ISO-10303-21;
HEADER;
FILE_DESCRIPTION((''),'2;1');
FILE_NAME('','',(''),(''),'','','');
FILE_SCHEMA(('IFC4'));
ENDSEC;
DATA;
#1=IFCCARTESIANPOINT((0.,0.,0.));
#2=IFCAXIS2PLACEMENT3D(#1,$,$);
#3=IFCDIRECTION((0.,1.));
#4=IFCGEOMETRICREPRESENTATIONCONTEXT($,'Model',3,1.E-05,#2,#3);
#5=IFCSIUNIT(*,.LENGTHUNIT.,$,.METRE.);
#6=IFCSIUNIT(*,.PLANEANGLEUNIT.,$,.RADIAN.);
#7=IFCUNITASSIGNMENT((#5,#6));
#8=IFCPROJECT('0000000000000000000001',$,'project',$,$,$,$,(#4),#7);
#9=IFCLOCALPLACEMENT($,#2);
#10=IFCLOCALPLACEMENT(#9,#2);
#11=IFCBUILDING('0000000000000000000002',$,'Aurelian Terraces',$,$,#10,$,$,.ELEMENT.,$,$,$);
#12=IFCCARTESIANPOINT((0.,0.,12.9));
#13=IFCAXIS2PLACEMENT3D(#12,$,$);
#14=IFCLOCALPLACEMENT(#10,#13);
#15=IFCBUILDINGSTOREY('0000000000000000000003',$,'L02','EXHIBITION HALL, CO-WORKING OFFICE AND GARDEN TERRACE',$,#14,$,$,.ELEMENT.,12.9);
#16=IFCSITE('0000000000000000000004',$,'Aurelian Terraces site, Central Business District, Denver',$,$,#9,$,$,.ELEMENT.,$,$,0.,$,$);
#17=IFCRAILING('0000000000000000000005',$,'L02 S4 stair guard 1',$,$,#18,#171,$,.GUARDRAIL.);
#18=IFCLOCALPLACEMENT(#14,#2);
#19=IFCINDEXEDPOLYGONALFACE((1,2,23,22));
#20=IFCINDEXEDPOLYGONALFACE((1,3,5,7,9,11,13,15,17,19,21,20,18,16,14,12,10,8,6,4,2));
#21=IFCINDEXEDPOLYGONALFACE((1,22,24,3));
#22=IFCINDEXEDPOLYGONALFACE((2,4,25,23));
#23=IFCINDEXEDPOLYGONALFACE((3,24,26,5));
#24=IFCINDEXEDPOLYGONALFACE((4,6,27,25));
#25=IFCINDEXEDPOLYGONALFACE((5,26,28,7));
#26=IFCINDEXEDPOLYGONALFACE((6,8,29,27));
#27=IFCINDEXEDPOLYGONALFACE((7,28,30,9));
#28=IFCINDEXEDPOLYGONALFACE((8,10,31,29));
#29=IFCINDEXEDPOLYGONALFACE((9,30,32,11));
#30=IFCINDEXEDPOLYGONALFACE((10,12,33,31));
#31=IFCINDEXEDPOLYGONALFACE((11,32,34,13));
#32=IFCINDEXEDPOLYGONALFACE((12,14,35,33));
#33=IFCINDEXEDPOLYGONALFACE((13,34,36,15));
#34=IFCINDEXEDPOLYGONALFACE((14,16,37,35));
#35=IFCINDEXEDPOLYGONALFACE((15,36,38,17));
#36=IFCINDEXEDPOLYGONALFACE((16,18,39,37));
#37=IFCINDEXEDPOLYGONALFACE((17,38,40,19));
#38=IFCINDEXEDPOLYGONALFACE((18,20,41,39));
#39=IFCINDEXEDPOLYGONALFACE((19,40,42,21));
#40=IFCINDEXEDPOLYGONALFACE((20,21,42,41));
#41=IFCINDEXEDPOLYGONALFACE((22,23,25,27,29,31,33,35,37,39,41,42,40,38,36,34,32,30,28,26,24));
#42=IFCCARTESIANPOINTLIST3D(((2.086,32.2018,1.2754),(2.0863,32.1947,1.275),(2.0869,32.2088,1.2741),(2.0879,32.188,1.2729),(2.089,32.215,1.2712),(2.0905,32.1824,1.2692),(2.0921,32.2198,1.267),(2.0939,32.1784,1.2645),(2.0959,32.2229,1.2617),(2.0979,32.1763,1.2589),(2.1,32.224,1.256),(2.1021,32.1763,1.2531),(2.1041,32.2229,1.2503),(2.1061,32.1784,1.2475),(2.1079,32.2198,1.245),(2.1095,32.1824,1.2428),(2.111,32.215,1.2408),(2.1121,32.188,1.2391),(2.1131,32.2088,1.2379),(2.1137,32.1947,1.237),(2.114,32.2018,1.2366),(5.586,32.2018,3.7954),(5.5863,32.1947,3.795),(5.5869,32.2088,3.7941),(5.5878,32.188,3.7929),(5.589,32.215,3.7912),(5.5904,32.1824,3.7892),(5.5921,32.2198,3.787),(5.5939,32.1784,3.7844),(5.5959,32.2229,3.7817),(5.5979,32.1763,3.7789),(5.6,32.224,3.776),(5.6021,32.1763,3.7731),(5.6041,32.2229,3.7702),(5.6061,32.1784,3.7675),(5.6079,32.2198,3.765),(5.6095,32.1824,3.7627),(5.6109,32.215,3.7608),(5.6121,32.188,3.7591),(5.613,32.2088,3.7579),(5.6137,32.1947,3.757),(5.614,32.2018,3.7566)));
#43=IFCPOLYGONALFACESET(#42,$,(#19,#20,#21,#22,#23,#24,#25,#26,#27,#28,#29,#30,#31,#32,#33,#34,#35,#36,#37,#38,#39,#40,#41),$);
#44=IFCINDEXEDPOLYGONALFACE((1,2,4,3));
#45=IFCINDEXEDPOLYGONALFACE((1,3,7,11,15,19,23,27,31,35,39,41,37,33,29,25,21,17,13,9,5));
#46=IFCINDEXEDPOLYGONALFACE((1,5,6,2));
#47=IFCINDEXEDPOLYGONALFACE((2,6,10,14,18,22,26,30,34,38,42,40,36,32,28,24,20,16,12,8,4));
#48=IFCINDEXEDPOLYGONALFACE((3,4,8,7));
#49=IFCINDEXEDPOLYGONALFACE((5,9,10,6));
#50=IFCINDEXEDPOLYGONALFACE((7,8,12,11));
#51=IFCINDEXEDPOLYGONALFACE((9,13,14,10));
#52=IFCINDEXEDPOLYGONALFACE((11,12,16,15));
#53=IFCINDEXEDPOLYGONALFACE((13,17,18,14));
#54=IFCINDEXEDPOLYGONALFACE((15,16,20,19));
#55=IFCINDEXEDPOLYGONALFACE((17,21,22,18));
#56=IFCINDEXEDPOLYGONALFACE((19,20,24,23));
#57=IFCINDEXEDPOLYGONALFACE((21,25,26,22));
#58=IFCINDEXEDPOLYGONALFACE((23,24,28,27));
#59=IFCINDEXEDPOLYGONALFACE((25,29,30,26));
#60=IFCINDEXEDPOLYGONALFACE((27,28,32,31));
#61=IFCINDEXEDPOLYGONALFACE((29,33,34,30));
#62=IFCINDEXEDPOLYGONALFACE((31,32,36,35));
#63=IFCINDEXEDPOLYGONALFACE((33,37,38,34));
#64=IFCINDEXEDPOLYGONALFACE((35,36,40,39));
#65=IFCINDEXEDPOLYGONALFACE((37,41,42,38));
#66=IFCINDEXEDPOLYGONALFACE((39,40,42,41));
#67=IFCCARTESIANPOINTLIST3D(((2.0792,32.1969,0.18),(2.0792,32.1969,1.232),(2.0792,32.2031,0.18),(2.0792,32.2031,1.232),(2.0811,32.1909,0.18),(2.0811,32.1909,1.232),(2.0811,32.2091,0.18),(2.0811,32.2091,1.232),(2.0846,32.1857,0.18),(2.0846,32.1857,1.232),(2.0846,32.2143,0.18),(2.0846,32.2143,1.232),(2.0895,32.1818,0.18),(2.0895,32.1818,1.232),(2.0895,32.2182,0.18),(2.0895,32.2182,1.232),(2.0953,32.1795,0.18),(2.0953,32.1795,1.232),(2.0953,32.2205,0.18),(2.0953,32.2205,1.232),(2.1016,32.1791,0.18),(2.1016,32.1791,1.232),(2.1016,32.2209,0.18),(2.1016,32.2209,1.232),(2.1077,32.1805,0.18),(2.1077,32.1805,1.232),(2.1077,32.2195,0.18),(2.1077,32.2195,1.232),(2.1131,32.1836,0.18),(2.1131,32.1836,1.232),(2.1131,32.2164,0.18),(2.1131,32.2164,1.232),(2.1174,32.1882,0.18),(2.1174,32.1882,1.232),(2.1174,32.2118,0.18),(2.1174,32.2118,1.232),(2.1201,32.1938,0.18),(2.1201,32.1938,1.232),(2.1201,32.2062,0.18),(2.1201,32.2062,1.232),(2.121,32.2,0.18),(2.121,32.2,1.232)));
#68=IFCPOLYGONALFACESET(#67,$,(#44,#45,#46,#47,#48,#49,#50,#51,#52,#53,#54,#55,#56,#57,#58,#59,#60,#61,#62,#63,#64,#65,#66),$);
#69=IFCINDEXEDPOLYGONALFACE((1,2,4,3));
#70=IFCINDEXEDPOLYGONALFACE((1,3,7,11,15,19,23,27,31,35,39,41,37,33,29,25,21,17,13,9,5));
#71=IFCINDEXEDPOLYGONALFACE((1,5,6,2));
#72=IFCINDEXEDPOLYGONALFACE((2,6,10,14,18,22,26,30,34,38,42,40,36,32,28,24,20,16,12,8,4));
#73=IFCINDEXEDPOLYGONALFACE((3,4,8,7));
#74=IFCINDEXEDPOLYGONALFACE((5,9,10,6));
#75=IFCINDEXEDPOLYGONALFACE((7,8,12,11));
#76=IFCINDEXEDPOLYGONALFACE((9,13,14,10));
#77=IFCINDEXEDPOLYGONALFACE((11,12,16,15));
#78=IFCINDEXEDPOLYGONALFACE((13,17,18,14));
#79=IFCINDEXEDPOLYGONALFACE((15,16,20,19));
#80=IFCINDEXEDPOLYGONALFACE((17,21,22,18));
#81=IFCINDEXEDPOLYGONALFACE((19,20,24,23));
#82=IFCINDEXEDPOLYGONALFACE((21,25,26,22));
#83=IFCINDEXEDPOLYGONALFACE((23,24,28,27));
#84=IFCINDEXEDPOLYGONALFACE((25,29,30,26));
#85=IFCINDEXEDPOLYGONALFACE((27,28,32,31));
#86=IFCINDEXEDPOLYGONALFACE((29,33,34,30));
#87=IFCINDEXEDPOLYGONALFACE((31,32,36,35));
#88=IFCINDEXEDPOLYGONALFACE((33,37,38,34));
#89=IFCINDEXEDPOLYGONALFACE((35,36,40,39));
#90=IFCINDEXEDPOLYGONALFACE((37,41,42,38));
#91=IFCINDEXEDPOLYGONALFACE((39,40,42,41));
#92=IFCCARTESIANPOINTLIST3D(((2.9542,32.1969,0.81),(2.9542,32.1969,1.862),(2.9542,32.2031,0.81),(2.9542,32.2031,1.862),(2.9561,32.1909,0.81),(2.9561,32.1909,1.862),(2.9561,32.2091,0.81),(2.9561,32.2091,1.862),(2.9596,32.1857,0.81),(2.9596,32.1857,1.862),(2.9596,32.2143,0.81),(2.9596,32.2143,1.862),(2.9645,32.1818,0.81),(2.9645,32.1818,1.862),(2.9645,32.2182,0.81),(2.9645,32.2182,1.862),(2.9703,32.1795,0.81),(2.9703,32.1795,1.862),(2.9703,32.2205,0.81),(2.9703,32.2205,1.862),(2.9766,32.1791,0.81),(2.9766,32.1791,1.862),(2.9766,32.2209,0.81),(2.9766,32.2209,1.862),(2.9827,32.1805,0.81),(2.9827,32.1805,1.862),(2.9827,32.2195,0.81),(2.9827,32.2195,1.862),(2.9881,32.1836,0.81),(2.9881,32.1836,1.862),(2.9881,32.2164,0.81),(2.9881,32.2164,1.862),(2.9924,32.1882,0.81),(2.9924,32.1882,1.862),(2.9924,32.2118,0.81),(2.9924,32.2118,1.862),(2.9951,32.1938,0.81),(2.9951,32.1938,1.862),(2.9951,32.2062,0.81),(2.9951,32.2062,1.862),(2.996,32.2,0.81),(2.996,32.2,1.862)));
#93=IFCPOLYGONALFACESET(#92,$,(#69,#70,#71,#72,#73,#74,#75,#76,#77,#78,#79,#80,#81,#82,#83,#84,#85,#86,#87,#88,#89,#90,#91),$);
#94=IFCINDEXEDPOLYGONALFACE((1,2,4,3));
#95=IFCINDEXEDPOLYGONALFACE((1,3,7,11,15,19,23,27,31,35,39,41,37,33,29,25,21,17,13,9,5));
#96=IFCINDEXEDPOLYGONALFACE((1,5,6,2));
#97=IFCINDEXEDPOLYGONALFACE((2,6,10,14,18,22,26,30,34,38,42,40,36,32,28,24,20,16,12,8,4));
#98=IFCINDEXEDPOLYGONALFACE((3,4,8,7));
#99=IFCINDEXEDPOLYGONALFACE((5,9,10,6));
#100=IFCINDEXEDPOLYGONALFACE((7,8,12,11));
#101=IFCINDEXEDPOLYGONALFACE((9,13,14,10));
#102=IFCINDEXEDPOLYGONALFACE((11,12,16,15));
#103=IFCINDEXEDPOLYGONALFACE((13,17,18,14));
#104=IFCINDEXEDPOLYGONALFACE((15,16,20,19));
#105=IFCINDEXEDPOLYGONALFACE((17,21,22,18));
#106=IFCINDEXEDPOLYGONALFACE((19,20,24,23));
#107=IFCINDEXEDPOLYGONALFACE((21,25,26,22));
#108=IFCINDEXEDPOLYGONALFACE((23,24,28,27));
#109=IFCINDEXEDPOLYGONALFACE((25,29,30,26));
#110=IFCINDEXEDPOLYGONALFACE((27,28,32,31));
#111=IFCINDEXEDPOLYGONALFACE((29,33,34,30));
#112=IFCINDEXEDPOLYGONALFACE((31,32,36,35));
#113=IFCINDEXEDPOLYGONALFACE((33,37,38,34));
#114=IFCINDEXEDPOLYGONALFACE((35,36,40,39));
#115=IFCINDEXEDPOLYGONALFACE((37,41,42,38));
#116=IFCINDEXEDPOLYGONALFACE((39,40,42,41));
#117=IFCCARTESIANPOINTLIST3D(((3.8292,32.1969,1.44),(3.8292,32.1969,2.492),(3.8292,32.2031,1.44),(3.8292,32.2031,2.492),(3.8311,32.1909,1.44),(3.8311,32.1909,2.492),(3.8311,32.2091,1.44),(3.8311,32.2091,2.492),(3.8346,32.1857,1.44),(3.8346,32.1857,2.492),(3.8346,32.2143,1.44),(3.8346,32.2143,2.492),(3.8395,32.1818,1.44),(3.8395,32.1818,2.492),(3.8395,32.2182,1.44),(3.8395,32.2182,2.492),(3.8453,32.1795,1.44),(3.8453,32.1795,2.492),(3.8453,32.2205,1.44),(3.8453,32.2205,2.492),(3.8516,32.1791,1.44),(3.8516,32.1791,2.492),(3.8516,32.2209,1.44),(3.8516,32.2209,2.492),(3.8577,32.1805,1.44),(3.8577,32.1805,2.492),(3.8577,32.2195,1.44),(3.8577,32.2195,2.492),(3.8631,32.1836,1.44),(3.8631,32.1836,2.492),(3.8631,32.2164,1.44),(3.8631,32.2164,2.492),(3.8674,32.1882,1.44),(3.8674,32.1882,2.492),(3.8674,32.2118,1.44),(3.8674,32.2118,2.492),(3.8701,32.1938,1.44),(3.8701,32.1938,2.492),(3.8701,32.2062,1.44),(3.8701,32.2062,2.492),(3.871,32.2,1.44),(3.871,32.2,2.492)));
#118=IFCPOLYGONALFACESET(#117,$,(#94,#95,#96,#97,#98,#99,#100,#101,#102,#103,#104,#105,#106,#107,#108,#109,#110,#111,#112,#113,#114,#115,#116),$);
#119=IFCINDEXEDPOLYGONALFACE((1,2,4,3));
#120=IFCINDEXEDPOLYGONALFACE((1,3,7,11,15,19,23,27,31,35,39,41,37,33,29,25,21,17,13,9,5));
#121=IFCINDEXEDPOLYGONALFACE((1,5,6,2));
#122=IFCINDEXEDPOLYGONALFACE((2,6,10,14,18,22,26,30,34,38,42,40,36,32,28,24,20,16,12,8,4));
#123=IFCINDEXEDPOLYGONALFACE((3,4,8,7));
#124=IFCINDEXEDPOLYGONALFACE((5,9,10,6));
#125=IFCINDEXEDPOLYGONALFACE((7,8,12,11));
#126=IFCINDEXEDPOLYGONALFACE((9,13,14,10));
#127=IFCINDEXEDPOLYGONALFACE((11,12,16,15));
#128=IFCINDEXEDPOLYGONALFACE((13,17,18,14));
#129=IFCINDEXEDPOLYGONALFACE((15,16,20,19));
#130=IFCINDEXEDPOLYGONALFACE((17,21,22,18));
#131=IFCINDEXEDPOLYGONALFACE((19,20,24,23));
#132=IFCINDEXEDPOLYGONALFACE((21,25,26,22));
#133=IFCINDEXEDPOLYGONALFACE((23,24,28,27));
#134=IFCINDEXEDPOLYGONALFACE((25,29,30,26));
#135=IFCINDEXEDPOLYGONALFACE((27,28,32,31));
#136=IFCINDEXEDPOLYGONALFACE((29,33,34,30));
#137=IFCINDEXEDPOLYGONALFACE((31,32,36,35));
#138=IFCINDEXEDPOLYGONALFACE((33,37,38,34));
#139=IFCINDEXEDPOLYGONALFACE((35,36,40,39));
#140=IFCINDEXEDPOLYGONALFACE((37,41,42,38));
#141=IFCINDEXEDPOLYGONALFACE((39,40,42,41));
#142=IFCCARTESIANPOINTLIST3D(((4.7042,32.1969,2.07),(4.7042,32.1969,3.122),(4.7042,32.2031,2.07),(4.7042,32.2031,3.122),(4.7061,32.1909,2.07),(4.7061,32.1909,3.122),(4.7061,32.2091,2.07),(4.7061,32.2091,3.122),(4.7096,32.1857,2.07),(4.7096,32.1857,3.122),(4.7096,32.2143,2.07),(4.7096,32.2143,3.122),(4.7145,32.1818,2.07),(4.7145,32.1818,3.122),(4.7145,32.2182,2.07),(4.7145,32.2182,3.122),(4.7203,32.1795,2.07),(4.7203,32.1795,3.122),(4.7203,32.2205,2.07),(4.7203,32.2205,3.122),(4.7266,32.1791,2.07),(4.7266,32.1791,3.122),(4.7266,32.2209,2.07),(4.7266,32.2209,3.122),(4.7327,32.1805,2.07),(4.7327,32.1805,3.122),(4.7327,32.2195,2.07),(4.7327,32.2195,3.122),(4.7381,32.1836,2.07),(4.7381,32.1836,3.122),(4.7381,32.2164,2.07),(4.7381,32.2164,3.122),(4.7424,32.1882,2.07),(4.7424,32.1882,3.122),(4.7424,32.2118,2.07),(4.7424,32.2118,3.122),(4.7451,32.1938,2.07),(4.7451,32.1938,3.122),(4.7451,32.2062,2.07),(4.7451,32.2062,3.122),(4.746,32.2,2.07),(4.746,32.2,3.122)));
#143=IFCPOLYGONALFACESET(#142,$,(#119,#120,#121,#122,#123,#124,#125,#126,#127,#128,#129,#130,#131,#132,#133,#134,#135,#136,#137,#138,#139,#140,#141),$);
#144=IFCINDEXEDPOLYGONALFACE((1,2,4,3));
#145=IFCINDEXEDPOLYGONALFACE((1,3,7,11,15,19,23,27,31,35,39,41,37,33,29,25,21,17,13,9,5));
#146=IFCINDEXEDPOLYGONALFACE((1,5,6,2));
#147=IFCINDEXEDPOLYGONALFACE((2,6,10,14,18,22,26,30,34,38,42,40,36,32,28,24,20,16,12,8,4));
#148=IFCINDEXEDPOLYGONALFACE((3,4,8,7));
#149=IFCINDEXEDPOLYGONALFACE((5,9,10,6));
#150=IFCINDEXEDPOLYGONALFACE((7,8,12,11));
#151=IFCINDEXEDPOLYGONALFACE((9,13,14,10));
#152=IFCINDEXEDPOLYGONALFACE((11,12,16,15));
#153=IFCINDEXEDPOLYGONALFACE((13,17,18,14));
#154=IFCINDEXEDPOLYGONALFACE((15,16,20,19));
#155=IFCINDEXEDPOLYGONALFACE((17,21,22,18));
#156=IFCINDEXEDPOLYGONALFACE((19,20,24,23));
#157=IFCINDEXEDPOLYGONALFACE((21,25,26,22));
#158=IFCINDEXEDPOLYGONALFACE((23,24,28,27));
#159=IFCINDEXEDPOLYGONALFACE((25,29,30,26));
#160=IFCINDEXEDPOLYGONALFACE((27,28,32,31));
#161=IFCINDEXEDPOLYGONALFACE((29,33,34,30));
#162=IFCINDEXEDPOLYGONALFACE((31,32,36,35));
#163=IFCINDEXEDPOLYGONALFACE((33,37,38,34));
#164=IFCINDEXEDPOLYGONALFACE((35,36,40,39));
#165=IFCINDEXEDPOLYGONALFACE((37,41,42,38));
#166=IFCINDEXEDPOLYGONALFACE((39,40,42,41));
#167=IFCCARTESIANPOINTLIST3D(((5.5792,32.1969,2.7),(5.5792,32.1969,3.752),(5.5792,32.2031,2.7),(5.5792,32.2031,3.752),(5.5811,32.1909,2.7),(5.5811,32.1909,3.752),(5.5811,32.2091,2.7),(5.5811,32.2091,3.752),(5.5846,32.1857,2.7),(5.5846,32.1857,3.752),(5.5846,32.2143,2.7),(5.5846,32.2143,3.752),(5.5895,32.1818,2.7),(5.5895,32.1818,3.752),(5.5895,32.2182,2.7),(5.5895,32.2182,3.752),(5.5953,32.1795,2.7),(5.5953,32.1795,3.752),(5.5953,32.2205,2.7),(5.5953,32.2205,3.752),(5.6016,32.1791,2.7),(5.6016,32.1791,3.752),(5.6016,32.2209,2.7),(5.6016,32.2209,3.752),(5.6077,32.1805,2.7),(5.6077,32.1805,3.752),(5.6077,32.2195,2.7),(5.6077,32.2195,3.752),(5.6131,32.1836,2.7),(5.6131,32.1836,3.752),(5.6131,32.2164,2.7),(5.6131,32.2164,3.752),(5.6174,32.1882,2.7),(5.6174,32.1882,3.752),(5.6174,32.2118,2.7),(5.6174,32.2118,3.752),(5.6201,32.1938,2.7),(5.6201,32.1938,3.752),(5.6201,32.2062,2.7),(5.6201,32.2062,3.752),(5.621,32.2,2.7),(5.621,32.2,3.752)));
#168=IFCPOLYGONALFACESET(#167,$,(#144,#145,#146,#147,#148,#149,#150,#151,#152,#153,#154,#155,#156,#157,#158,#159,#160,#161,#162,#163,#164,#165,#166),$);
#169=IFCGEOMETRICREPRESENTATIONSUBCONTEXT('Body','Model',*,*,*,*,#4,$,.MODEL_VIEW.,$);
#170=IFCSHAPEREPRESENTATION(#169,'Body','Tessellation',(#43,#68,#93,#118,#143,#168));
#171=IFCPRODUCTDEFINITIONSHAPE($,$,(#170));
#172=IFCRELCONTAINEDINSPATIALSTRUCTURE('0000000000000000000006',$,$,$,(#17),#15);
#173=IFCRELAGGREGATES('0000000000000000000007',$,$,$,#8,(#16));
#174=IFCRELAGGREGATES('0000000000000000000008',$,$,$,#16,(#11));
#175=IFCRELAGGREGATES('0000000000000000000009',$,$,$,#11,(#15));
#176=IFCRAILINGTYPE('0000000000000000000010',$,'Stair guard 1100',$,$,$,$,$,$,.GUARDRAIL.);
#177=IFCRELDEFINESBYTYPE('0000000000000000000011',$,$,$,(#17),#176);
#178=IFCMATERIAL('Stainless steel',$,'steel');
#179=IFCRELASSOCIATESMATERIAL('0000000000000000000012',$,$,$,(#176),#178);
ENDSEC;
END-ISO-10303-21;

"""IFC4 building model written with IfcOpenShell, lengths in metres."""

from ifc_helpers import new_model, si_unit, direction, frame, origin, origin_2d, place, context, subcontext, project, spatial, circle, extrude, source, transform, mapped, material, type_object, element, save


model = new_model("IFC4")

# Units and contexts
model_context = context("Model", 3, precision=1e-05, world=origin(), true_north=direction((0.0, 1.0)))
body_context = subcontext(model_context, "Body", "Model", "MODEL_VIEW")
ifc_project = project(units=[si_unit("LENGTHUNIT", "METRE"), si_unit("PLANEANGLEUNIT", "RADIAN")], contexts=[model_context])

# Site, building, storey
site_placement = place(None, origin())
site = spatial("IfcSite", under=ifc_project, at=site_placement, Name="Aurelian Terraces site, Central Business District, Denver", CompositionType="ELEMENT", RefElevation=0.0)
building_placement = place(site_placement, origin())
building = spatial("IfcBuilding", under=site, at=building_placement, Name="Aurelian Terraces", CompositionType="ELEMENT")
storey_placement = place(building_placement, frame((0.0, 0.0, 12.9)))
storey = spatial("IfcBuildingStorey", under=building, at=storey_placement, Name="L02", Description="EXHIBITION HALL, CO-WORKING OFFICE AND GARDEN TERRACE", CompositionType="ELEMENT", Elevation=12.9)

# Railing
ifc_material_1 = material(Name="Stainless steel", Category="steel")
railing_type_1 = type_object("IfcRailingType", Name="Stair guard 1100", PredefinedType="GUARDRAIL", material=ifc_material_1)
shared_shape_1 = source(origin(), body_context, "Body", "SweptSolid", [
    extrude(circle(Radius=0.024, at=origin_2d()), frame((0.0, 0.0, 1.076), z_axis=(0.811534, 0.0, 0.584305), x_axis=(0.0, 1.0, 0.0)), (0.0, 0.0, 1.0), 4.3128),
    extrude(circle(Radius=0.021, at=origin_2d()), origin(), (0.0, 0.0, 1.0), 1.052),
    extrude(circle(Radius=0.021, at=origin_2d()), frame((0.875, 0.0, 0.63)), (0.0, 0.0, 1.0), 1.052),
    extrude(circle(Radius=0.021, at=origin_2d()), frame((1.75, 0.0, 1.26)), (0.0, 0.0, 1.0), 1.052),
    extrude(circle(Radius=0.021, at=origin_2d()), frame((2.625, 0.0, 1.89)), (0.0, 0.0, 1.0), 1.052),
    extrude(circle(Radius=0.021, at=origin_2d()), frame((3.5, 0.0, 2.52)), (0.0, 0.0, 1.0), 1.052),
])
for number, where, name in (
    (1, (2.1, 32.2, 0.18), "L02 S4 stair guard 1"),
):
    element("IfcRailing", number, at=place(storey_placement, frame(where)), inside=storey, type_object=railing_type_1, Name=name, PredefinedType="GUARDRAIL", context=body_context, shape_type="MappedRepresentation", body=[
        mapped(shared_shape_1, transform((0.0, 0.0, 0.0), scale=1.0)),
    ])

save(model, "model.ifc")
